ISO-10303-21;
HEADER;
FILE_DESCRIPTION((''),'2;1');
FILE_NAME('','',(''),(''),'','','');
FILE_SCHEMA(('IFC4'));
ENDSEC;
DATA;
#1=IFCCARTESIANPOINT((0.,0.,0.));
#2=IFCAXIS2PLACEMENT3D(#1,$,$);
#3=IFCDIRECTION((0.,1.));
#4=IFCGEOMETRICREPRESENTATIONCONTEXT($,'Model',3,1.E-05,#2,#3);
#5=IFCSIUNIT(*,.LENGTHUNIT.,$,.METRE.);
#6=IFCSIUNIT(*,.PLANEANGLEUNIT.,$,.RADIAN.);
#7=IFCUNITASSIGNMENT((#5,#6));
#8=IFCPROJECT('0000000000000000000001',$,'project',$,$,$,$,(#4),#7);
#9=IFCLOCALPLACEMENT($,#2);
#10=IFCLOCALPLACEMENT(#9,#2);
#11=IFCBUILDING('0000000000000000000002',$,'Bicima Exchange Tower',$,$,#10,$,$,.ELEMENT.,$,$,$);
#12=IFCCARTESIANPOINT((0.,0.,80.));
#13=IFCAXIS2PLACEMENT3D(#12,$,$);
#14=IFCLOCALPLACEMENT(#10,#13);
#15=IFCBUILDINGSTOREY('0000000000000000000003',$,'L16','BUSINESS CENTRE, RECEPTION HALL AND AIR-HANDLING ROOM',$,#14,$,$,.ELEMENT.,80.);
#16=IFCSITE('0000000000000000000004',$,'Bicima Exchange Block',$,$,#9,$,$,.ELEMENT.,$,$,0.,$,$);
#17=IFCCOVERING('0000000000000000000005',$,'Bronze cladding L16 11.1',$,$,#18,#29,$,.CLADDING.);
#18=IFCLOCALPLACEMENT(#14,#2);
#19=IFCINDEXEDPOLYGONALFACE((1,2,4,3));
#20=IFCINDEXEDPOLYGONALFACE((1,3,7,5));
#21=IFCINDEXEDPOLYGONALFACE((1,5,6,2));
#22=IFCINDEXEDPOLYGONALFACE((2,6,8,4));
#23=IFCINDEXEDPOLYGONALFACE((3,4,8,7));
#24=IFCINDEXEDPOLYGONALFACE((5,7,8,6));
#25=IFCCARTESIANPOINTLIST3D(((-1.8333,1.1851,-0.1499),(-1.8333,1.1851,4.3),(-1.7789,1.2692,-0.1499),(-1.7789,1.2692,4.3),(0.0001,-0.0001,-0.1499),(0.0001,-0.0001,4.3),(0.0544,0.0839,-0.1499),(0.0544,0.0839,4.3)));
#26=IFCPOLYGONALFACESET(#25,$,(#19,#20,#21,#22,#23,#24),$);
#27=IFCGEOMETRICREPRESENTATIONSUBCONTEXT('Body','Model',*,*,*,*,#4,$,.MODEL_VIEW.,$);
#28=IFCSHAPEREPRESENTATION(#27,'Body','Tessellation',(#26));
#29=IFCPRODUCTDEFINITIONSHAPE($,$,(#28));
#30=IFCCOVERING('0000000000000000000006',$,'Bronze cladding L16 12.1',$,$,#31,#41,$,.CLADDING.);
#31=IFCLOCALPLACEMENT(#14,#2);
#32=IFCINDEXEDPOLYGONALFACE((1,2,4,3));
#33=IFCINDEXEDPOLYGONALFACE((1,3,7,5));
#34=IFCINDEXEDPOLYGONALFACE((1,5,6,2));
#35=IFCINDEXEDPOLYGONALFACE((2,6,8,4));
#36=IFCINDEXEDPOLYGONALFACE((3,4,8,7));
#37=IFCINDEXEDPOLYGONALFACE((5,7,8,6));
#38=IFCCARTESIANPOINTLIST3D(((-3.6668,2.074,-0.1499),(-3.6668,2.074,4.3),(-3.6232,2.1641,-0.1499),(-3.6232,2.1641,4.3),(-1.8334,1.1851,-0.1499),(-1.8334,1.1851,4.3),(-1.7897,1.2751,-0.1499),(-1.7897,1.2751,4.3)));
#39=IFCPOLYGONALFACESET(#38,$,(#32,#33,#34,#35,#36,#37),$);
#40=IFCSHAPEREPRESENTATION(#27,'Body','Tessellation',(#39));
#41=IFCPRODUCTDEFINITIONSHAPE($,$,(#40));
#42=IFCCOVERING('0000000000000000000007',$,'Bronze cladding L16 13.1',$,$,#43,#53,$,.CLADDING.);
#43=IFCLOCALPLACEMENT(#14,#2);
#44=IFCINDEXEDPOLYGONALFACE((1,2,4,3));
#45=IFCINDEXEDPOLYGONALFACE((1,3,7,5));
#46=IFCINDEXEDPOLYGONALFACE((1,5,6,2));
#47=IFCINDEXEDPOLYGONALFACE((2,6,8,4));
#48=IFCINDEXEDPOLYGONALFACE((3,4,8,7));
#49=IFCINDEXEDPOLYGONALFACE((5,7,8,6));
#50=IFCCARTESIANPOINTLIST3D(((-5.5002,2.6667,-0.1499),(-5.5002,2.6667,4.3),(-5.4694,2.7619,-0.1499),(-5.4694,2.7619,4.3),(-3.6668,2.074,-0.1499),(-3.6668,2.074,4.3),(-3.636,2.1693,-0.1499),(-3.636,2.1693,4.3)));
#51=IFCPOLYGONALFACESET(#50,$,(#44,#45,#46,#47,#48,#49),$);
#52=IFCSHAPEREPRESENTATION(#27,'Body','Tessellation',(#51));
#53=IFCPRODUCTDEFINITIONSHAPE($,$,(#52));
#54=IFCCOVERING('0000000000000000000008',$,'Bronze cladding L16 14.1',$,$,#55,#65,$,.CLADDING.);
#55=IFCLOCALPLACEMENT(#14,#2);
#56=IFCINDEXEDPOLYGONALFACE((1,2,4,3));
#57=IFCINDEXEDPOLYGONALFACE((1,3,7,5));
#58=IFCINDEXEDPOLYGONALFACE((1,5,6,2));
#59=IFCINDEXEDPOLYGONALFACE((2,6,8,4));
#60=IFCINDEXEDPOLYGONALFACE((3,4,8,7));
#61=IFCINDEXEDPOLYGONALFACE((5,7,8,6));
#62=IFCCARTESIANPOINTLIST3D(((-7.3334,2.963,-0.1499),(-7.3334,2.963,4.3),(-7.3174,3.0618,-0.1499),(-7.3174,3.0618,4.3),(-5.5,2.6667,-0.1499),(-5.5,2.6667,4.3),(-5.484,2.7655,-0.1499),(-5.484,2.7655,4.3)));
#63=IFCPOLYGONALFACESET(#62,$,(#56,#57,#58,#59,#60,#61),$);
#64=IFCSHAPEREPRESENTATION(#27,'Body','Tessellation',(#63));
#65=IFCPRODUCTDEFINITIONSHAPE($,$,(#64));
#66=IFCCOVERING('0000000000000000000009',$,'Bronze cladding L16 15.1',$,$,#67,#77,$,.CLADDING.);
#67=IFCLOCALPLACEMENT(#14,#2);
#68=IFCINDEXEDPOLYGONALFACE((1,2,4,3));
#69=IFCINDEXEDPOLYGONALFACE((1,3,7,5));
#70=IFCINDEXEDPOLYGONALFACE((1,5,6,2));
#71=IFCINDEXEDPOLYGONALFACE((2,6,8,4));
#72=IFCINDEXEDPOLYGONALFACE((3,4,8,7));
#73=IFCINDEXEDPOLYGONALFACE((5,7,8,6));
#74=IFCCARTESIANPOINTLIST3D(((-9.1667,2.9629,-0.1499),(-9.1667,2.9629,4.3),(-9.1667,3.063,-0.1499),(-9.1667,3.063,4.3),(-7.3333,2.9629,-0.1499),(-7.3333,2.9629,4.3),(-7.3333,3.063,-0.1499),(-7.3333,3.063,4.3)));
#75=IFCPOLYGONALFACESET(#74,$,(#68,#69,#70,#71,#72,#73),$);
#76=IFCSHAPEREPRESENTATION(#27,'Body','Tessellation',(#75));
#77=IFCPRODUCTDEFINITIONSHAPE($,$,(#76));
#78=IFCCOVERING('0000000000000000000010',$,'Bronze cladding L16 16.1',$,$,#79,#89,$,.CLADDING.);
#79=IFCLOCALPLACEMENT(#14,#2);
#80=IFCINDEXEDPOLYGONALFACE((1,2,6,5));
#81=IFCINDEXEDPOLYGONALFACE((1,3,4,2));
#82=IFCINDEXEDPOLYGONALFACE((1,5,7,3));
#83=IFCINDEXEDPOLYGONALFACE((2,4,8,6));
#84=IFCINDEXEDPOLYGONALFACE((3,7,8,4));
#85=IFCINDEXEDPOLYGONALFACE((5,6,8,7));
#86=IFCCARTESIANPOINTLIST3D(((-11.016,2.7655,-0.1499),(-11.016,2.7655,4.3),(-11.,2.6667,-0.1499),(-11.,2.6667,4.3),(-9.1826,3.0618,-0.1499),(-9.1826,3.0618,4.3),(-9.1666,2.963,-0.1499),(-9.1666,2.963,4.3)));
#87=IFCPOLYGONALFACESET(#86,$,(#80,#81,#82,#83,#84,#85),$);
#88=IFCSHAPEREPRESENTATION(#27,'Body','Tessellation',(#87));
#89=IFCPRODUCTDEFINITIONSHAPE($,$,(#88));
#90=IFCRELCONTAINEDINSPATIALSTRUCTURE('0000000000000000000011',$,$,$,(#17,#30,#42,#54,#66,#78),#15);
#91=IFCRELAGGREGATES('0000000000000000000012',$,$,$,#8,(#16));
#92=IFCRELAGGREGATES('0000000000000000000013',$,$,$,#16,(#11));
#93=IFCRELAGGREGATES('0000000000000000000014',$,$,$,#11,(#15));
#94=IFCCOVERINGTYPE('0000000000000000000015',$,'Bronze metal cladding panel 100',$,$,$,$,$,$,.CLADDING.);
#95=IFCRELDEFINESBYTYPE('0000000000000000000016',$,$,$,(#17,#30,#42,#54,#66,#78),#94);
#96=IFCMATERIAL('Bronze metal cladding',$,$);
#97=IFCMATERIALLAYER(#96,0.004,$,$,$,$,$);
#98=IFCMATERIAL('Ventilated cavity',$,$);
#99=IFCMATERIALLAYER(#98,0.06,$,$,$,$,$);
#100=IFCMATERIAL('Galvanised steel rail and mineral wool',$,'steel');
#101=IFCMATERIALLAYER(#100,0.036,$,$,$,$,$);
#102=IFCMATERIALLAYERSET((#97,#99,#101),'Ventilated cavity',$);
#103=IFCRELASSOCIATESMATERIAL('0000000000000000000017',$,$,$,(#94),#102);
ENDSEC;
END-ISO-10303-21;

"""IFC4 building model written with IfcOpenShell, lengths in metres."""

from ifc_helpers import new_model, si_unit, direction, frame, origin, origin_2d, place, context, subcontext, project, spatial, rectangle, extrude, material, layer, layer_set, type_object, element, save


model = new_model("IFC4")

# Units and contexts
model_context = context("Model", 3, precision=1e-05, world=origin(), true_north=direction((0.0, 1.0)))
body_context = subcontext(model_context, "Body", "Model", "MODEL_VIEW")
ifc_project = project(units=[si_unit("LENGTHUNIT", "METRE"), si_unit("PLANEANGLEUNIT", "RADIAN")], contexts=[model_context])

# Site, building, storey
site_placement = place(None, origin())
site = spatial("IfcSite", under=ifc_project, at=site_placement, Name="Bicima Exchange Block", CompositionType="ELEMENT", RefElevation=0.0)
building_placement = place(site_placement, origin())
building = spatial("IfcBuilding", under=site, at=building_placement, Name="Bicima Exchange Tower", CompositionType="ELEMENT")
storey_placement = place(building_placement, frame((0.0, 0.0, 80.0)))
storey = spatial("IfcBuildingStorey", under=building, at=storey_placement, Name="L16", Description="BUSINESS CENTRE, RECEPTION HALL AND AIR-HANDLING ROOM", CompositionType="ELEMENT", Elevation=80.0)

# Coverings
ifc_material_1 = material(Name="Bronze metal cladding")
ifc_layer_1 = layer(ifc_material_1, 0.004)
ifc_material_2 = material(Name="Ventilated cavity")
ifc_layer_2 = layer(ifc_material_2, 0.06)
ifc_material_3 = material(Name="Galvanised steel rail and mineral wool", Category="steel")
ifc_layer_3 = layer(ifc_material_3, 0.036)
ifc_layer_set_1 = layer_set([ifc_layer_1, ifc_layer_2, ifc_layer_3], Name="Ventilated cavity")
covering_type = type_object("IfcCoveringType", Name="Bronze metal cladding panel 100", PredefinedType="CLADDING", material=ifc_layer_set_1)
covering_1_placement = place(storey_placement, frame((-0.8894, 0.6345, -0.1499), z_axis=(0.0, 0.0, 1.0), x_axis=(-0.83979, 0.542911, 0.0)))
element("IfcCovering", 1, at=covering_1_placement, inside=storey, type_object=covering_type, Name="Bronze cladding L16 11.1", PredefinedType="CLADDING", context=body_context, shape_type="SweptSolid", body=[
    extrude(rectangle(XDim=2.1831, YDim=0.1001, at=origin_2d()), origin(), (0.0, 0.0, 1.0), 4.45),
])
covering_2_placement = place(storey_placement, frame((-2.7283, 1.6746, -0.1499), z_axis=(0.0, 0.0, 1.0), x_axis=(-0.899818, 0.436265, 0.0)))
element("IfcCovering", 2, at=covering_2_placement, inside=storey, type_object=covering_type, Name="Bronze cladding L16 12.1", PredefinedType="CLADDING", context=body_context, shape_type="SweptSolid", body=[
    extrude(rectangle(XDim=2.0376, YDim=0.1001, at=origin_2d()), origin(), (0.0, 0.0, 1.0), 4.45),
])
covering_3_placement = place(storey_placement, frame((-4.5681, 2.418, -0.1499), z_axis=(0.0, 0.0, 1.0), x_axis=(-0.951525, 0.307573, 0.0)))
element("IfcCovering", 3, at=covering_3_placement, inside=storey, type_object=covering_type, Name="Bronze cladding L16 13.1", PredefinedType="CLADDING", context=body_context, shape_type="SweptSolid", body=[
    extrude(rectangle(XDim=1.9268, YDim=0.1001, at=origin_2d()), origin(), (0.0, 0.0, 1.0), 4.45),
])
covering_4_placement = place(storey_placement, frame((-6.4087, 2.8643, -0.1499), z_axis=(0.0, 0.0, 1.0), x_axis=(-0.98719, 0.15955, 0.0)))
element("IfcCovering", 4, at=covering_4_placement, inside=storey, type_object=covering_type, Name="Bronze cladding L16 14.1", PredefinedType="CLADDING", context=body_context, shape_type="SweptSolid", body=[
    extrude(rectangle(XDim=1.8572, YDim=0.1001, at=origin_2d()), origin(), (0.0, 0.0, 1.0), 4.45),
])
covering_5_placement = place(storey_placement, frame((-8.25, 3.0129, -0.1499), z_axis=(0.0, 0.0, 1.0), x_axis=(-1.0, 0.0, 0.0)))
element("IfcCovering", 5, at=covering_5_placement, inside=storey, type_object=covering_type, Name="Bronze cladding L16 15.1", PredefinedType="CLADDING", context=body_context, shape_type="SweptSolid", body=[
    extrude(rectangle(XDim=1.8335, YDim=0.1001, at=origin_2d()), origin(), (0.0, 0.0, 1.0), 4.45),
])
covering_6_placement = place(storey_placement, frame((-10.0913, 2.8643, -0.1499), z_axis=(0.0, 0.0, 1.0), x_axis=(-0.98719, -0.15955, 0.0)))
element("IfcCovering", 6, at=covering_6_placement, inside=storey, type_object=covering_type, Name="Bronze cladding L16 16.1", PredefinedType="CLADDING", context=body_context, shape_type="SweptSolid", body=[
    extrude(rectangle(XDim=1.8572, YDim=0.1001, at=origin_2d()), origin(), (0.0, 0.0, 1.0), 4.45),
])

save(model, "model.ifc")
